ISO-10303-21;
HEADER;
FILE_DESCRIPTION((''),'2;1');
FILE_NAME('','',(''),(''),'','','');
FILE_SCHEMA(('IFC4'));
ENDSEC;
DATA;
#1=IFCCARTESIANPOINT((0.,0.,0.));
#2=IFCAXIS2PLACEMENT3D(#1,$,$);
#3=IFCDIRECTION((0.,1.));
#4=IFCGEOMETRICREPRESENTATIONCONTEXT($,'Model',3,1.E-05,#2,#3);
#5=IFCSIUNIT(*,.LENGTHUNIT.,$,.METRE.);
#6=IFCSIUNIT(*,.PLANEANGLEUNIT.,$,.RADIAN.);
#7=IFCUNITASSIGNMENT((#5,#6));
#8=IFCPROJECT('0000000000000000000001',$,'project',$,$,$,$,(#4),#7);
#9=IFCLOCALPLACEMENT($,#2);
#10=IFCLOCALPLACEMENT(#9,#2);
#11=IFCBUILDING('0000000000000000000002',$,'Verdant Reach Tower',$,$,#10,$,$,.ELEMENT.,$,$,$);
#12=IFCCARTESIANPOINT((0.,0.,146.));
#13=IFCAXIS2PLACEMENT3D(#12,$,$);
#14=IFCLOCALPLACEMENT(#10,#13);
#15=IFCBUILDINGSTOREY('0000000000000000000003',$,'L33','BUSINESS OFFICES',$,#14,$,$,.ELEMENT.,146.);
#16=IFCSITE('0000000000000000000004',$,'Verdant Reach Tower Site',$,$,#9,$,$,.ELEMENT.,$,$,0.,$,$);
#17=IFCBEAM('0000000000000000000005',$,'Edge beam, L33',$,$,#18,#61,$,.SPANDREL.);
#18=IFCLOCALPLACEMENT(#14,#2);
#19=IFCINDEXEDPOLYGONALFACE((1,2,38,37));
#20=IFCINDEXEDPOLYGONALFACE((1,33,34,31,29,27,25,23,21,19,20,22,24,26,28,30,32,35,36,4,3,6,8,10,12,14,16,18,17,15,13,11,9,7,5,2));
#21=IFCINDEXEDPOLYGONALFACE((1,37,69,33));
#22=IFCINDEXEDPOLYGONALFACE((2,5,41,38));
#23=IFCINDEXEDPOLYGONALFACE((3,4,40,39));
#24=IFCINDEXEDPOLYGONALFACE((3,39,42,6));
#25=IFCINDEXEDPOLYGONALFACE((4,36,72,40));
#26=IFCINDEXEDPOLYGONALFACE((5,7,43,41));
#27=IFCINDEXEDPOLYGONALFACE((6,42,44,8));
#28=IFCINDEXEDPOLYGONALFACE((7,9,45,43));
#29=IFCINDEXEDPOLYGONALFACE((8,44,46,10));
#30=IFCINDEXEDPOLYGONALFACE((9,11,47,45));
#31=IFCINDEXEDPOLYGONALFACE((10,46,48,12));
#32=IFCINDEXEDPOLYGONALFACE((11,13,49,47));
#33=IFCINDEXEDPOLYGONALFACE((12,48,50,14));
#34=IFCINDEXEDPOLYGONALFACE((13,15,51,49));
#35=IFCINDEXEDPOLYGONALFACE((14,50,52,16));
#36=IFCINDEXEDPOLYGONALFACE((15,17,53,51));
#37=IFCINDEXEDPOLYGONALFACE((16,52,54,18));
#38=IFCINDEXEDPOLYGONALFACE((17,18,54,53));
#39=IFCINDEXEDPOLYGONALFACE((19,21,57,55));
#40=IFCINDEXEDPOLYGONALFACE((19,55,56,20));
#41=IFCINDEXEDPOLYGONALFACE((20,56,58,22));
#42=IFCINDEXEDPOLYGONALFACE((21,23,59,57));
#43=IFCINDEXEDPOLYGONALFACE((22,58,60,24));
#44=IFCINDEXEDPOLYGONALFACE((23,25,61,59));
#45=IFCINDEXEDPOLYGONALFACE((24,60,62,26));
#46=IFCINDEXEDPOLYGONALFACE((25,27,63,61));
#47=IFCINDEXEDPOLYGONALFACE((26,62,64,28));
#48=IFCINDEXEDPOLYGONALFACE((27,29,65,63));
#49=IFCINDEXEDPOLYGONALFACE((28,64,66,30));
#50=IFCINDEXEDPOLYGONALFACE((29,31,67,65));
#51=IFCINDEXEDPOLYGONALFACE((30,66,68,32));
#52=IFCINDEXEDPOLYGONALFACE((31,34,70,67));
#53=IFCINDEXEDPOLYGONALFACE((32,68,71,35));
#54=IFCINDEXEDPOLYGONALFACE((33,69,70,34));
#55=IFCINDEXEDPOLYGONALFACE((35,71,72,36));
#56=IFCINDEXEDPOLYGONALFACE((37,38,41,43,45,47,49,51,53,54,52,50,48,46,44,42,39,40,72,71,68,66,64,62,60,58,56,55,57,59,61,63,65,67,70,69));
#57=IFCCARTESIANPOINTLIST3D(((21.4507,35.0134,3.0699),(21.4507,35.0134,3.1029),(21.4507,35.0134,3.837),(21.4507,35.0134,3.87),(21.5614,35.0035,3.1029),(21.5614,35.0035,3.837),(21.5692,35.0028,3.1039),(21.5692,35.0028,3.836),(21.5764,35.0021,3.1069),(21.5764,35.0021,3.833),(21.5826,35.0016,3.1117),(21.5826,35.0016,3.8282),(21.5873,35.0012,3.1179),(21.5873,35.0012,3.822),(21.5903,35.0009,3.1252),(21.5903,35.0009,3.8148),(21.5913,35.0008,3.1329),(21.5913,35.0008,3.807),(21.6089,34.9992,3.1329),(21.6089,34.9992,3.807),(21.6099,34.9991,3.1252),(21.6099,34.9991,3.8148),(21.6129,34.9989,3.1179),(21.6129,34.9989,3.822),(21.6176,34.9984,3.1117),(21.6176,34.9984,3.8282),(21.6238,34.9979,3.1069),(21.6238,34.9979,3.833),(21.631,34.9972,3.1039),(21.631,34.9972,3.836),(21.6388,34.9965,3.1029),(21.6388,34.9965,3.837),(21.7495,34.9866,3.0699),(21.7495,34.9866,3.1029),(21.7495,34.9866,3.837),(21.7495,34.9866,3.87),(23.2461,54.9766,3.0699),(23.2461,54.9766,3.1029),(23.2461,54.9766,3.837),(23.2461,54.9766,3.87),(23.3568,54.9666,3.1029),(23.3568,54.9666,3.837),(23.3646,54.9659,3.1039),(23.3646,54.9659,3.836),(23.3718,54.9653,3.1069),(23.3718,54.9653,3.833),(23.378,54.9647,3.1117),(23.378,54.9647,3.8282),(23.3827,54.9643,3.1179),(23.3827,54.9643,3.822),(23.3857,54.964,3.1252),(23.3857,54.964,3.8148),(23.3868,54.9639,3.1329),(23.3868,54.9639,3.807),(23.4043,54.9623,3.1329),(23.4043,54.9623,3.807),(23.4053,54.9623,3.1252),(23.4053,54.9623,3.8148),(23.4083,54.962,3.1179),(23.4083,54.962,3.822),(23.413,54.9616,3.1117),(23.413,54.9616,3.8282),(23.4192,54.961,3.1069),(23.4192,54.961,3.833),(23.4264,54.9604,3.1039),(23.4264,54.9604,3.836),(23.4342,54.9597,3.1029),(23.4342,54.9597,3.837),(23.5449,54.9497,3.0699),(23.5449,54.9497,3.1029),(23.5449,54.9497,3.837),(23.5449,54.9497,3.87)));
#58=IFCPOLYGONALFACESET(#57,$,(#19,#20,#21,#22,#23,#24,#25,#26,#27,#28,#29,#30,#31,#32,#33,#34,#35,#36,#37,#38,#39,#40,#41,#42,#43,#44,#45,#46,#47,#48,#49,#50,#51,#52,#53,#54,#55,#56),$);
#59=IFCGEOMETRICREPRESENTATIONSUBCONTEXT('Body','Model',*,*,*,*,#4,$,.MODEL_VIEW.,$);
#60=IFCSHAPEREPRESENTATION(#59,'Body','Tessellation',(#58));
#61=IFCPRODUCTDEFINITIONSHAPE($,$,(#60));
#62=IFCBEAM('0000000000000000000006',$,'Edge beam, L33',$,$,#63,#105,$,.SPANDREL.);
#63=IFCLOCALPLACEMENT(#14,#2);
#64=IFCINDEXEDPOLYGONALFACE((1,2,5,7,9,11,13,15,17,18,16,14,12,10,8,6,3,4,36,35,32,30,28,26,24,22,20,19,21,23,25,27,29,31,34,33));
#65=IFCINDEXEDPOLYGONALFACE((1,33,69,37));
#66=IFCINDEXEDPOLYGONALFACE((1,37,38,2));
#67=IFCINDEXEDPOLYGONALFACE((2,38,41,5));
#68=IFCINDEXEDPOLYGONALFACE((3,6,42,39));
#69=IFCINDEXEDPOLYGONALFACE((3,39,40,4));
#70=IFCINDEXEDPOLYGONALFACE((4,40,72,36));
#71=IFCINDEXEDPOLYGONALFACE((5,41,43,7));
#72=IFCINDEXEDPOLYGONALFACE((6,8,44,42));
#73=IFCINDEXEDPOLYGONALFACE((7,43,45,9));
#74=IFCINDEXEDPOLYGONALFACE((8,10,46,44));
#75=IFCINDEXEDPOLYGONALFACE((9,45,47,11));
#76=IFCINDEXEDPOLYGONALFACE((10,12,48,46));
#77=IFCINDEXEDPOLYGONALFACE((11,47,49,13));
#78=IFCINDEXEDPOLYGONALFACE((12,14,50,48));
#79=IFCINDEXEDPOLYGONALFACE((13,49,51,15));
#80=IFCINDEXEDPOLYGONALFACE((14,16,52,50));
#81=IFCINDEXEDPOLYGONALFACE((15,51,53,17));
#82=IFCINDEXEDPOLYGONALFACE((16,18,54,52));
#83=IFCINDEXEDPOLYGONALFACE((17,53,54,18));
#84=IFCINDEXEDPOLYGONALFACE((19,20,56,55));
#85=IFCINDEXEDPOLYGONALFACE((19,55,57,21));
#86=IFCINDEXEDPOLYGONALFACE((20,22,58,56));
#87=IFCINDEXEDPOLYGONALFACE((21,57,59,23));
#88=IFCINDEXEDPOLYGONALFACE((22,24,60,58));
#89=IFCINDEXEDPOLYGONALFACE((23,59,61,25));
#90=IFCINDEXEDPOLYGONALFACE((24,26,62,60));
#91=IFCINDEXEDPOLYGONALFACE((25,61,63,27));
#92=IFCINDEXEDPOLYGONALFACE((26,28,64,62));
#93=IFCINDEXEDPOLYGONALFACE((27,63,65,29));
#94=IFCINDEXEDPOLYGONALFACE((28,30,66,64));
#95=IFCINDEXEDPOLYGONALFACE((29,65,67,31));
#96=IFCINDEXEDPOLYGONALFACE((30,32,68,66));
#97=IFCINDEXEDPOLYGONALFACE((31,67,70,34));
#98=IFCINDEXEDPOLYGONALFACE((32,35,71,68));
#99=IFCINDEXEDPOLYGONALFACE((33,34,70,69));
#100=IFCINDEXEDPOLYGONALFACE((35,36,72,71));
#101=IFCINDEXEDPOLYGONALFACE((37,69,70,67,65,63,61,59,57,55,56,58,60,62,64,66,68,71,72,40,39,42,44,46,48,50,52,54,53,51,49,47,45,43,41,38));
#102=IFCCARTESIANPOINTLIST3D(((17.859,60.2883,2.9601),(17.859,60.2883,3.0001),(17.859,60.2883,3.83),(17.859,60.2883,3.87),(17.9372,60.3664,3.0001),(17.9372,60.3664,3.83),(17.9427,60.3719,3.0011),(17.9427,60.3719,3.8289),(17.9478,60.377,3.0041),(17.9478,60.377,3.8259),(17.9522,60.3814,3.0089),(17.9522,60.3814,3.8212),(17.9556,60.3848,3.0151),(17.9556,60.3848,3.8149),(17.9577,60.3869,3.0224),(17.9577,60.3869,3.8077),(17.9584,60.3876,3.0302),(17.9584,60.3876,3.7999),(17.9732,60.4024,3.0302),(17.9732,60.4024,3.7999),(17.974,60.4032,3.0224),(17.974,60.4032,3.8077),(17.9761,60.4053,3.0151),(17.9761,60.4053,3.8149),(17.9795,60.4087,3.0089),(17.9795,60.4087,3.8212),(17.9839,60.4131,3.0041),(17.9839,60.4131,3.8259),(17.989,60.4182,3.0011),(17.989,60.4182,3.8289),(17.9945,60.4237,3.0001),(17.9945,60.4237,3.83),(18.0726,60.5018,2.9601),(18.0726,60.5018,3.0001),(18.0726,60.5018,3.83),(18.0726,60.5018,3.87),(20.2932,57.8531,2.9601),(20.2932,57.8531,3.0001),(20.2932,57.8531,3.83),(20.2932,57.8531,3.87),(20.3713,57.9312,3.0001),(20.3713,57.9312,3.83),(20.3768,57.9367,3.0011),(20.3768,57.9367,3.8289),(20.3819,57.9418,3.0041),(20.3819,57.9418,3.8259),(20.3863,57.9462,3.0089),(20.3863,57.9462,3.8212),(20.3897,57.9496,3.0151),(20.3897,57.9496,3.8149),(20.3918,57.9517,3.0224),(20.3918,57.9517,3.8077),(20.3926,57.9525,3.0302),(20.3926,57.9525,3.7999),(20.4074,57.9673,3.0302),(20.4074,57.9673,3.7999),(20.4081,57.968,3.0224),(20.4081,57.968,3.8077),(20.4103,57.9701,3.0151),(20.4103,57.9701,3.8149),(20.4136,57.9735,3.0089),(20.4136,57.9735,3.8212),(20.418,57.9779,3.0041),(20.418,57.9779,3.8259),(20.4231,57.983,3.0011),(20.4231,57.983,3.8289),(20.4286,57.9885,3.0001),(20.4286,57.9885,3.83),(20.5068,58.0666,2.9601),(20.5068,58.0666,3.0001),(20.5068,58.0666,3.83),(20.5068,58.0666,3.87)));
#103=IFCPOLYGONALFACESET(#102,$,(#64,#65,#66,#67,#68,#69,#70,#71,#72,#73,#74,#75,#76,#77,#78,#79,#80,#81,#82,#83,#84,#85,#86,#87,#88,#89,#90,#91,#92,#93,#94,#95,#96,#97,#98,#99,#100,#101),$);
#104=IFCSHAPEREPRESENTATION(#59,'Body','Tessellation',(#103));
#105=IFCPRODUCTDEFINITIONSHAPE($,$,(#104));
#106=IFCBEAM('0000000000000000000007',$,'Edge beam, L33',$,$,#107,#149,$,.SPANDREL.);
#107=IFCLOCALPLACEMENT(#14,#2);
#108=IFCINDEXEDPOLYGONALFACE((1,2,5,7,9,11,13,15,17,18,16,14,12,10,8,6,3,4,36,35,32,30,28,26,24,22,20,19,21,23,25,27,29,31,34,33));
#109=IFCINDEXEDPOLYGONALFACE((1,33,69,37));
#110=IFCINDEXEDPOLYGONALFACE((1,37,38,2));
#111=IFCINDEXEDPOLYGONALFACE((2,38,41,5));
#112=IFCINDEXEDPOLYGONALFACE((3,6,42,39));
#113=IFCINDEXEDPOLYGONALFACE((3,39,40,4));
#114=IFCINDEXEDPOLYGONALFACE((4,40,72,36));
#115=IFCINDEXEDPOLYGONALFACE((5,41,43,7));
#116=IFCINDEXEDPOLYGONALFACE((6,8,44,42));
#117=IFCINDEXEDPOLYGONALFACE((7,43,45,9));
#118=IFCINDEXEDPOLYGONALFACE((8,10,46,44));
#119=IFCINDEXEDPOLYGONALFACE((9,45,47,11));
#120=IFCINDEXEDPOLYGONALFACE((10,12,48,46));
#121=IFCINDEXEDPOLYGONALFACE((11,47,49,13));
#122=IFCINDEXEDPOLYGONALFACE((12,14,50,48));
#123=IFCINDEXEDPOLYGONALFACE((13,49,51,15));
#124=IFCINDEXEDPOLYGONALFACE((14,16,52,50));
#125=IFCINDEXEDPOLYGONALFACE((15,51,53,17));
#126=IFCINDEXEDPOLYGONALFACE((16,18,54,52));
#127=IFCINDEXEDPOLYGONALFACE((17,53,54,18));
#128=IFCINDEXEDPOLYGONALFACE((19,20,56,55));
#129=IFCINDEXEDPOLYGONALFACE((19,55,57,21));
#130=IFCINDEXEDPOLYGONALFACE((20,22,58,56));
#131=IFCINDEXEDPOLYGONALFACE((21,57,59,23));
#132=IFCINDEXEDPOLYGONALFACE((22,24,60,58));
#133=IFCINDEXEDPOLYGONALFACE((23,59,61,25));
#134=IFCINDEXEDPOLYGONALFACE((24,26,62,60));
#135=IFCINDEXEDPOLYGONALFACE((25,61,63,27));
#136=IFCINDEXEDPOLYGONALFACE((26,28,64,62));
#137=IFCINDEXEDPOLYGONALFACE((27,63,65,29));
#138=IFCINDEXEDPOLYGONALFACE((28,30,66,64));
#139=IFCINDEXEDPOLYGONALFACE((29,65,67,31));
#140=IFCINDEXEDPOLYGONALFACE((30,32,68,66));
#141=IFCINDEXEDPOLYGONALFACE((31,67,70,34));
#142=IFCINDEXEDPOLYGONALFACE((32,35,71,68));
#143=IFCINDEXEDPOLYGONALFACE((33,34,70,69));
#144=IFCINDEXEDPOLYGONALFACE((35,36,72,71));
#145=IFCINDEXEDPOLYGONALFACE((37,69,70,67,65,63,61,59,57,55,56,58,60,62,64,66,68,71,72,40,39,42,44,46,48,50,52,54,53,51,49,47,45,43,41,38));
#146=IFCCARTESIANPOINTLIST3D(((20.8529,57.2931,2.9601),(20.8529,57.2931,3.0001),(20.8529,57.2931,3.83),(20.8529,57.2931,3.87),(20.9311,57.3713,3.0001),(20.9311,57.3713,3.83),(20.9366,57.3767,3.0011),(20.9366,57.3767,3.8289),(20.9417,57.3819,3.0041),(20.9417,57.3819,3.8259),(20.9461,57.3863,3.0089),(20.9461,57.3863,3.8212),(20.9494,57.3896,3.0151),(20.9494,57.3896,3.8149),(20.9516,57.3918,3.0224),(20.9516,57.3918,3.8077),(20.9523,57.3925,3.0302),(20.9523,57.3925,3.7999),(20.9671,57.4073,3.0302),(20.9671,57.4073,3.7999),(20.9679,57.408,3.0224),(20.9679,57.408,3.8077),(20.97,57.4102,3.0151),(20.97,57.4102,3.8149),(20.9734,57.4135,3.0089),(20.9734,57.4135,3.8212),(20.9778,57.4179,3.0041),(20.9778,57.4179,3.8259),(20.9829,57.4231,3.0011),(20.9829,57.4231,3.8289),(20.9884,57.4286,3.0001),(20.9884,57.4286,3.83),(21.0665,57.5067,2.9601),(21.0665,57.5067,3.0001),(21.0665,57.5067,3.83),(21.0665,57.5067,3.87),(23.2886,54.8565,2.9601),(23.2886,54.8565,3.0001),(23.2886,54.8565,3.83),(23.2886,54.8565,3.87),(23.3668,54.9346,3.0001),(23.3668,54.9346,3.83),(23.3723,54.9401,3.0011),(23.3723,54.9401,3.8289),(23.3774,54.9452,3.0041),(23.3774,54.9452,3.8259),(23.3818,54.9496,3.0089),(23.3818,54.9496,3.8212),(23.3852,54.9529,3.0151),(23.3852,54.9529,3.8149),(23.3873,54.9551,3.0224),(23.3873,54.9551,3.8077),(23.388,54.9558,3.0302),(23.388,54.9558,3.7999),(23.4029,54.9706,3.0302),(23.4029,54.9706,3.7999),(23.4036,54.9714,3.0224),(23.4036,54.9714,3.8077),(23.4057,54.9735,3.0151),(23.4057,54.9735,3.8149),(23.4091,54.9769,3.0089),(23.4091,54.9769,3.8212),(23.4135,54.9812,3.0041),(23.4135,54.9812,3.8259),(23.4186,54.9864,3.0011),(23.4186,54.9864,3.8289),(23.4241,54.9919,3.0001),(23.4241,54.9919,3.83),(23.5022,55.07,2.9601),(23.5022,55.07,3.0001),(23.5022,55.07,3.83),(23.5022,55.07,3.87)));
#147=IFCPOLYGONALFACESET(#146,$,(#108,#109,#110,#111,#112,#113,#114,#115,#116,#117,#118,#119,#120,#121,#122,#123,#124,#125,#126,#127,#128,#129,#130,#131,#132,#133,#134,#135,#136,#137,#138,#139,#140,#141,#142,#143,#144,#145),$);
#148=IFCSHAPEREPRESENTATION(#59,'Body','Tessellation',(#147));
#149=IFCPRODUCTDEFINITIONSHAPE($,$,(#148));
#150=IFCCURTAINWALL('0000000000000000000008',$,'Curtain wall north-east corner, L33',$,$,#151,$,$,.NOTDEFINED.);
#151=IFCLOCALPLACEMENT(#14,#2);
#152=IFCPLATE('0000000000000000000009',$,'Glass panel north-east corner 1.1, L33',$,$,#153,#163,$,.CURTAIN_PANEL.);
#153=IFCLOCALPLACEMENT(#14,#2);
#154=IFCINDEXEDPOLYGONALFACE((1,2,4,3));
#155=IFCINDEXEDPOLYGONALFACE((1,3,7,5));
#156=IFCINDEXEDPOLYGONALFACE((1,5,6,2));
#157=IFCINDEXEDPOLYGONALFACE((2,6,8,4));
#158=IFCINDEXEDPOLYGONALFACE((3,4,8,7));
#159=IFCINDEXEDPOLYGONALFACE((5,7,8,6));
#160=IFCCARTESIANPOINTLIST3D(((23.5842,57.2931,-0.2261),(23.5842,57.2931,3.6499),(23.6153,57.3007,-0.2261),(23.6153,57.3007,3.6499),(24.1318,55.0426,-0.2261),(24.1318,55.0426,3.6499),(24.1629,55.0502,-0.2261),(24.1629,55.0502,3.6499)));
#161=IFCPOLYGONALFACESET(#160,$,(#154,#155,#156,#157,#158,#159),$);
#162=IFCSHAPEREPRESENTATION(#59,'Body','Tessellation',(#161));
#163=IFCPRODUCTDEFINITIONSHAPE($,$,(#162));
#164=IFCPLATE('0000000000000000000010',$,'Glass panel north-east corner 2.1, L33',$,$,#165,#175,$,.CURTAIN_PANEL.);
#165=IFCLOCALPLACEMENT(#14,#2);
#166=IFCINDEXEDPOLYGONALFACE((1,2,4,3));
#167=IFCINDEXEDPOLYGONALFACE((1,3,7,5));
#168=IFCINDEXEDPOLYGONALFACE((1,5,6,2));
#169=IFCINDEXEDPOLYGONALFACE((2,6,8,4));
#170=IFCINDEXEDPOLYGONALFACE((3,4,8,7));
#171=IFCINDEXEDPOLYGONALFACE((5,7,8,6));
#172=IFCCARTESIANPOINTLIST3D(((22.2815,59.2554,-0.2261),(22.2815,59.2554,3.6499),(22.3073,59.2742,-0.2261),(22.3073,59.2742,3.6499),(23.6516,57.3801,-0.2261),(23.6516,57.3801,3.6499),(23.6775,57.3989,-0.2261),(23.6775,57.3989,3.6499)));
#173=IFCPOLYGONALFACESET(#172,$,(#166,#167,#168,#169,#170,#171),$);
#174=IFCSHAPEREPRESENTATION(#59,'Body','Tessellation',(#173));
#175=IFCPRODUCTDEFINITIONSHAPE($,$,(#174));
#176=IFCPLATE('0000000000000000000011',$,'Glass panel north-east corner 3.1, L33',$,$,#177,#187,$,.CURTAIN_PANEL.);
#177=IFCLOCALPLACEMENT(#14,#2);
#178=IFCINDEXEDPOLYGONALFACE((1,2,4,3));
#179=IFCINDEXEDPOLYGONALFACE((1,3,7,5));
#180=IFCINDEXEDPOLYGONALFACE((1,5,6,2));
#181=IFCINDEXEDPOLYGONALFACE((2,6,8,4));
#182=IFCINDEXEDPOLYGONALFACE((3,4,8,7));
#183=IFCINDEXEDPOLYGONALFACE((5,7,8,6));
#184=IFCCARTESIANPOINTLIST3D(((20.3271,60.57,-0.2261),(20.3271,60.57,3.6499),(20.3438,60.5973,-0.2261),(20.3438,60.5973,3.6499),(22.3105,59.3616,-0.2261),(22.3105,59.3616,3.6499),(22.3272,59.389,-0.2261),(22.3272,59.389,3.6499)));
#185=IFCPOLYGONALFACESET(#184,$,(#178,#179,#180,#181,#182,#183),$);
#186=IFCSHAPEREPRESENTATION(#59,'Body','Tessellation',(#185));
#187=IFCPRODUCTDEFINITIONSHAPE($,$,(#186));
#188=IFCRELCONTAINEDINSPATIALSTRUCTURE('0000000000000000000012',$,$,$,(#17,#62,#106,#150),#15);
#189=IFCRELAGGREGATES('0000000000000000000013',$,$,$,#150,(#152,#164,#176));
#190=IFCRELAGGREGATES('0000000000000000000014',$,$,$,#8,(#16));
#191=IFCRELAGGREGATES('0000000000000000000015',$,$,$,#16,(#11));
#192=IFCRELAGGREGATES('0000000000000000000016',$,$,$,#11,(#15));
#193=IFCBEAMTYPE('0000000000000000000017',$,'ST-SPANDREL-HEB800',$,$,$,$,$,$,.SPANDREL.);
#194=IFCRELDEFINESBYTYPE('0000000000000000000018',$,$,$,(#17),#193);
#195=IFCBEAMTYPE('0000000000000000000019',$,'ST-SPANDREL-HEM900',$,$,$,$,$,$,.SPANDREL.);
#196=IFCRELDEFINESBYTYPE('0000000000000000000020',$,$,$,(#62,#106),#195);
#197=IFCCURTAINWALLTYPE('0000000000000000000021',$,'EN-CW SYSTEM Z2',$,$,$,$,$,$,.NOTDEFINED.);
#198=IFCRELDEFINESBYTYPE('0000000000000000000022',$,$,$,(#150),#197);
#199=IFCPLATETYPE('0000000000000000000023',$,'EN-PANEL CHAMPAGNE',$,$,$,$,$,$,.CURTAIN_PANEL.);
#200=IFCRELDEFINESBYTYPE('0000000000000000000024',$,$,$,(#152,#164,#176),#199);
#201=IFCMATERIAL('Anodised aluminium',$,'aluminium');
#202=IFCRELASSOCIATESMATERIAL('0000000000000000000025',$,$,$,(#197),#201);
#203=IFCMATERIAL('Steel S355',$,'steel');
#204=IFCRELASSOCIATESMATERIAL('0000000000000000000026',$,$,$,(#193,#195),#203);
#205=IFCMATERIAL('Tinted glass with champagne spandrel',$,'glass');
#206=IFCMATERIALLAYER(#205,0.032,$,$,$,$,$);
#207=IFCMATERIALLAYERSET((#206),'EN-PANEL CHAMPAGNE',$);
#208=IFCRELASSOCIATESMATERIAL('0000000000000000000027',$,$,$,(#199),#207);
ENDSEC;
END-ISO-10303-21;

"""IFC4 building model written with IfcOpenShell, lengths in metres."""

from ifc_helpers import new_model, si_unit, direction, frame, origin, origin_2d, place, context, subcontext, project, spatial, rectangle, i_section, extrude, material, layer, layer_set, material_profile, profile_set, type_object, element, aggregate, save


model = new_model("IFC4")

# Units and contexts
model_context = context("Model", 3, precision=1e-05, world=origin(), true_north=direction((0.0, 1.0)))
body_context = subcontext(model_context, "Body", "Model", "MODEL_VIEW")
ifc_project = project(units=[si_unit("LENGTHUNIT", "METRE"), si_unit("PLANEANGLEUNIT", "RADIAN")], contexts=[model_context])

# Site, building, storey
site_placement = place(None, origin())
site = spatial("IfcSite", under=ifc_project, at=site_placement, Name="Verdant Reach Tower Site", CompositionType="ELEMENT", RefElevation=0.0)
building_placement = place(site_placement, origin())
building = spatial("IfcBuilding", under=site, at=building_placement, Name="Verdant Reach Tower", CompositionType="ELEMENT")
storey_placement = place(building_placement, frame((0.0, 0.0, 146.0)))
storey = spatial("IfcBuildingStorey", under=building, at=storey_placement, Name="L33", Description="BUSINESS OFFICES", CompositionType="ELEMENT", Elevation=146.0)

# Shared definitions
ifc_material_1 = material(Name="Anodised aluminium", Category="aluminium")
curtain_wall_type = type_object("IfcCurtainWallType", Name="EN-CW SYSTEM Z2", PredefinedType="NOTDEFINED", material=ifc_material_1)

# Beams
ifc_material_2 = material(Name="Steel S355", Category="steel")
ifc_material_profile_1 = material_profile(ifc_material_2, i_section(OverallWidth=0.3, OverallDepth=0.8, WebThickness=0.0176, FlangeThickness=0.033, FilletRadius=0.03, at=origin_2d()), Name="HEB 800")
ifc_profile_set_1 = profile_set([ifc_material_profile_1], Name="Steel S355")
beam_type_1 = type_object("IfcBeamType", Name="ST-SPANDREL-HEB800", PredefinedType="SPANDREL", material=ifc_profile_set_1)
beam_1_placement = place(storey_placement, frame((23.3955, 54.9631, 3.47), z_axis=(-0.089575, -0.99598, 0.0), x_axis=(0.99598, -0.089575, 0.0)))
element("IfcBeam", 1, at=beam_1_placement, inside=storey, type_object=beam_type_1, Name="Edge beam, L33", PredefinedType="SPANDREL", context=body_context, shape_type="SweptSolid", body=[
    extrude(i_section(OverallWidth=0.3, OverallDepth=0.8, WebThickness=0.0176, FlangeThickness=0.033, FilletRadius=0.03, at=origin_2d()), origin(), (0.0, 0.0, 1.0), 20.0437),
])
ifc_material_profile_2 = material_profile(ifc_material_2, i_section(OverallWidth=0.302, OverallDepth=0.9099, WebThickness=0.021, FlangeThickness=0.04, FilletRadius=0.03, at=origin_2d()), Name="HEM 900")
ifc_profile_set_2 = profile_set([ifc_material_profile_2], Name="Steel S355")
beam_type_2 = type_object("IfcBeamType", Name="ST-SPANDREL-HEM900", PredefinedType="SPANDREL", material=ifc_profile_set_2)
beam_2_placement = place(storey_placement, frame((17.9658, 60.395, 3.415), z_axis=(0.706965, -0.707249, 0.0), x_axis=(0.707249, 0.706965, 0.0)))
element("IfcBeam", 2, at=beam_2_placement, inside=storey, type_object=beam_type_2, Name="Edge beam, L33", PredefinedType="SPANDREL", context=body_context, shape_type="SweptSolid", body=[
    extrude(i_section(OverallWidth=0.302, OverallDepth=0.9099, WebThickness=0.021, FlangeThickness=0.04, FilletRadius=0.03, at=origin_2d()), origin(), (0.0, 0.0, 1.0), 3.4431),
])
beam_3_placement = place(storey_placement, frame((20.9597, 57.3999, 3.415), z_axis=(0.706965, -0.707248, 0.0), x_axis=(0.707248, 0.706965, 0.0)))
element("IfcBeam", 3, at=beam_3_placement, inside=storey, type_object=beam_type_2, Name="Edge beam, L33", PredefinedType="SPANDREL", context=body_context, shape_type="SweptSolid", body=[
    extrude(i_section(OverallWidth=0.302, OverallDepth=0.9099, WebThickness=0.021, FlangeThickness=0.04, FilletRadius=0.03, at=origin_2d()), origin(), (0.0, 0.0, 1.0), 3.4453),
])

# Curtain wall, plates
curtain_wall_1_placement = place(storey_placement, origin())
curtain_wall_1 = element("IfcCurtainWall", 4, at=curtain_wall_1_placement, inside=storey, type_object=curtain_wall_type, Name="Curtain wall north-east corner, L33", PredefinedType="NOTDEFINED")
ifc_material_3 = material(Name="Tinted glass with champagne spandrel", Category="glass")
ifc_layer_1 = layer(ifc_material_3, 0.032)
ifc_layer_set_1 = layer_set([ifc_layer_1], Name="EN-PANEL CHAMPAGNE")
plate_type_1 = type_object("IfcPlateType", Name="EN-PANEL CHAMPAGNE", PredefinedType="CURTAIN_PANEL", material=ifc_layer_set_1)
plate_1_placement = place(storey_placement, frame((23.8735, 56.1716, -0.2261), z_axis=(0.0, 0.0, 1.0), x_axis=(-0.236416, 0.971652, 0.0)))
plate_1 = element("IfcPlate", 5, at=plate_1_placement, type_object=plate_type_1, Name="Glass panel north-east corner 1.1, L33", PredefinedType="CURTAIN_PANEL", context=body_context, shape_type="SweptSolid", body=[
    extrude(rectangle(XDim=2.3162, YDim=0.032, at=origin_2d()), origin(), (0.0, 0.0, 1.0), 3.876),
])
plate_2_placement = place(storey_placement, frame((22.9795, 58.3271, -0.2261), z_axis=(0.0, 0.0, 1.0), x_axis=(-0.589927, 0.807457, 0.0)))
plate_2 = element("IfcPlate", 6, at=plate_2_placement, type_object=plate_type_1, Name="Glass panel north-east corner 2.1, L33", PredefinedType="CURTAIN_PANEL", context=body_context, shape_type="SweptSolid", body=[
    extrude(rectangle(XDim=2.3225, YDim=0.032, at=origin_2d()), origin(), (0.0, 0.0, 1.0), 3.876),
])
plate_3_placement = place(storey_placement, frame((21.3271, 59.9795, -0.2261), z_axis=(0.0, 0.0, 1.0), x_axis=(-0.853989, 0.520292, 0.0)))
plate_3 = element("IfcPlate", 7, at=plate_3_placement, type_object=plate_type_1, Name="Glass panel north-east corner 3.1, L33", PredefinedType="CURTAIN_PANEL", context=body_context, shape_type="SweptSolid", body=[
    extrude(rectangle(XDim=2.3225, YDim=0.032, at=origin_2d()), origin(), (0.0, 0.0, 1.0), 3.876),
])

aggregate(curtain_wall_1, [plate_1, plate_2, plate_3])

save(model, "model.ifc")
